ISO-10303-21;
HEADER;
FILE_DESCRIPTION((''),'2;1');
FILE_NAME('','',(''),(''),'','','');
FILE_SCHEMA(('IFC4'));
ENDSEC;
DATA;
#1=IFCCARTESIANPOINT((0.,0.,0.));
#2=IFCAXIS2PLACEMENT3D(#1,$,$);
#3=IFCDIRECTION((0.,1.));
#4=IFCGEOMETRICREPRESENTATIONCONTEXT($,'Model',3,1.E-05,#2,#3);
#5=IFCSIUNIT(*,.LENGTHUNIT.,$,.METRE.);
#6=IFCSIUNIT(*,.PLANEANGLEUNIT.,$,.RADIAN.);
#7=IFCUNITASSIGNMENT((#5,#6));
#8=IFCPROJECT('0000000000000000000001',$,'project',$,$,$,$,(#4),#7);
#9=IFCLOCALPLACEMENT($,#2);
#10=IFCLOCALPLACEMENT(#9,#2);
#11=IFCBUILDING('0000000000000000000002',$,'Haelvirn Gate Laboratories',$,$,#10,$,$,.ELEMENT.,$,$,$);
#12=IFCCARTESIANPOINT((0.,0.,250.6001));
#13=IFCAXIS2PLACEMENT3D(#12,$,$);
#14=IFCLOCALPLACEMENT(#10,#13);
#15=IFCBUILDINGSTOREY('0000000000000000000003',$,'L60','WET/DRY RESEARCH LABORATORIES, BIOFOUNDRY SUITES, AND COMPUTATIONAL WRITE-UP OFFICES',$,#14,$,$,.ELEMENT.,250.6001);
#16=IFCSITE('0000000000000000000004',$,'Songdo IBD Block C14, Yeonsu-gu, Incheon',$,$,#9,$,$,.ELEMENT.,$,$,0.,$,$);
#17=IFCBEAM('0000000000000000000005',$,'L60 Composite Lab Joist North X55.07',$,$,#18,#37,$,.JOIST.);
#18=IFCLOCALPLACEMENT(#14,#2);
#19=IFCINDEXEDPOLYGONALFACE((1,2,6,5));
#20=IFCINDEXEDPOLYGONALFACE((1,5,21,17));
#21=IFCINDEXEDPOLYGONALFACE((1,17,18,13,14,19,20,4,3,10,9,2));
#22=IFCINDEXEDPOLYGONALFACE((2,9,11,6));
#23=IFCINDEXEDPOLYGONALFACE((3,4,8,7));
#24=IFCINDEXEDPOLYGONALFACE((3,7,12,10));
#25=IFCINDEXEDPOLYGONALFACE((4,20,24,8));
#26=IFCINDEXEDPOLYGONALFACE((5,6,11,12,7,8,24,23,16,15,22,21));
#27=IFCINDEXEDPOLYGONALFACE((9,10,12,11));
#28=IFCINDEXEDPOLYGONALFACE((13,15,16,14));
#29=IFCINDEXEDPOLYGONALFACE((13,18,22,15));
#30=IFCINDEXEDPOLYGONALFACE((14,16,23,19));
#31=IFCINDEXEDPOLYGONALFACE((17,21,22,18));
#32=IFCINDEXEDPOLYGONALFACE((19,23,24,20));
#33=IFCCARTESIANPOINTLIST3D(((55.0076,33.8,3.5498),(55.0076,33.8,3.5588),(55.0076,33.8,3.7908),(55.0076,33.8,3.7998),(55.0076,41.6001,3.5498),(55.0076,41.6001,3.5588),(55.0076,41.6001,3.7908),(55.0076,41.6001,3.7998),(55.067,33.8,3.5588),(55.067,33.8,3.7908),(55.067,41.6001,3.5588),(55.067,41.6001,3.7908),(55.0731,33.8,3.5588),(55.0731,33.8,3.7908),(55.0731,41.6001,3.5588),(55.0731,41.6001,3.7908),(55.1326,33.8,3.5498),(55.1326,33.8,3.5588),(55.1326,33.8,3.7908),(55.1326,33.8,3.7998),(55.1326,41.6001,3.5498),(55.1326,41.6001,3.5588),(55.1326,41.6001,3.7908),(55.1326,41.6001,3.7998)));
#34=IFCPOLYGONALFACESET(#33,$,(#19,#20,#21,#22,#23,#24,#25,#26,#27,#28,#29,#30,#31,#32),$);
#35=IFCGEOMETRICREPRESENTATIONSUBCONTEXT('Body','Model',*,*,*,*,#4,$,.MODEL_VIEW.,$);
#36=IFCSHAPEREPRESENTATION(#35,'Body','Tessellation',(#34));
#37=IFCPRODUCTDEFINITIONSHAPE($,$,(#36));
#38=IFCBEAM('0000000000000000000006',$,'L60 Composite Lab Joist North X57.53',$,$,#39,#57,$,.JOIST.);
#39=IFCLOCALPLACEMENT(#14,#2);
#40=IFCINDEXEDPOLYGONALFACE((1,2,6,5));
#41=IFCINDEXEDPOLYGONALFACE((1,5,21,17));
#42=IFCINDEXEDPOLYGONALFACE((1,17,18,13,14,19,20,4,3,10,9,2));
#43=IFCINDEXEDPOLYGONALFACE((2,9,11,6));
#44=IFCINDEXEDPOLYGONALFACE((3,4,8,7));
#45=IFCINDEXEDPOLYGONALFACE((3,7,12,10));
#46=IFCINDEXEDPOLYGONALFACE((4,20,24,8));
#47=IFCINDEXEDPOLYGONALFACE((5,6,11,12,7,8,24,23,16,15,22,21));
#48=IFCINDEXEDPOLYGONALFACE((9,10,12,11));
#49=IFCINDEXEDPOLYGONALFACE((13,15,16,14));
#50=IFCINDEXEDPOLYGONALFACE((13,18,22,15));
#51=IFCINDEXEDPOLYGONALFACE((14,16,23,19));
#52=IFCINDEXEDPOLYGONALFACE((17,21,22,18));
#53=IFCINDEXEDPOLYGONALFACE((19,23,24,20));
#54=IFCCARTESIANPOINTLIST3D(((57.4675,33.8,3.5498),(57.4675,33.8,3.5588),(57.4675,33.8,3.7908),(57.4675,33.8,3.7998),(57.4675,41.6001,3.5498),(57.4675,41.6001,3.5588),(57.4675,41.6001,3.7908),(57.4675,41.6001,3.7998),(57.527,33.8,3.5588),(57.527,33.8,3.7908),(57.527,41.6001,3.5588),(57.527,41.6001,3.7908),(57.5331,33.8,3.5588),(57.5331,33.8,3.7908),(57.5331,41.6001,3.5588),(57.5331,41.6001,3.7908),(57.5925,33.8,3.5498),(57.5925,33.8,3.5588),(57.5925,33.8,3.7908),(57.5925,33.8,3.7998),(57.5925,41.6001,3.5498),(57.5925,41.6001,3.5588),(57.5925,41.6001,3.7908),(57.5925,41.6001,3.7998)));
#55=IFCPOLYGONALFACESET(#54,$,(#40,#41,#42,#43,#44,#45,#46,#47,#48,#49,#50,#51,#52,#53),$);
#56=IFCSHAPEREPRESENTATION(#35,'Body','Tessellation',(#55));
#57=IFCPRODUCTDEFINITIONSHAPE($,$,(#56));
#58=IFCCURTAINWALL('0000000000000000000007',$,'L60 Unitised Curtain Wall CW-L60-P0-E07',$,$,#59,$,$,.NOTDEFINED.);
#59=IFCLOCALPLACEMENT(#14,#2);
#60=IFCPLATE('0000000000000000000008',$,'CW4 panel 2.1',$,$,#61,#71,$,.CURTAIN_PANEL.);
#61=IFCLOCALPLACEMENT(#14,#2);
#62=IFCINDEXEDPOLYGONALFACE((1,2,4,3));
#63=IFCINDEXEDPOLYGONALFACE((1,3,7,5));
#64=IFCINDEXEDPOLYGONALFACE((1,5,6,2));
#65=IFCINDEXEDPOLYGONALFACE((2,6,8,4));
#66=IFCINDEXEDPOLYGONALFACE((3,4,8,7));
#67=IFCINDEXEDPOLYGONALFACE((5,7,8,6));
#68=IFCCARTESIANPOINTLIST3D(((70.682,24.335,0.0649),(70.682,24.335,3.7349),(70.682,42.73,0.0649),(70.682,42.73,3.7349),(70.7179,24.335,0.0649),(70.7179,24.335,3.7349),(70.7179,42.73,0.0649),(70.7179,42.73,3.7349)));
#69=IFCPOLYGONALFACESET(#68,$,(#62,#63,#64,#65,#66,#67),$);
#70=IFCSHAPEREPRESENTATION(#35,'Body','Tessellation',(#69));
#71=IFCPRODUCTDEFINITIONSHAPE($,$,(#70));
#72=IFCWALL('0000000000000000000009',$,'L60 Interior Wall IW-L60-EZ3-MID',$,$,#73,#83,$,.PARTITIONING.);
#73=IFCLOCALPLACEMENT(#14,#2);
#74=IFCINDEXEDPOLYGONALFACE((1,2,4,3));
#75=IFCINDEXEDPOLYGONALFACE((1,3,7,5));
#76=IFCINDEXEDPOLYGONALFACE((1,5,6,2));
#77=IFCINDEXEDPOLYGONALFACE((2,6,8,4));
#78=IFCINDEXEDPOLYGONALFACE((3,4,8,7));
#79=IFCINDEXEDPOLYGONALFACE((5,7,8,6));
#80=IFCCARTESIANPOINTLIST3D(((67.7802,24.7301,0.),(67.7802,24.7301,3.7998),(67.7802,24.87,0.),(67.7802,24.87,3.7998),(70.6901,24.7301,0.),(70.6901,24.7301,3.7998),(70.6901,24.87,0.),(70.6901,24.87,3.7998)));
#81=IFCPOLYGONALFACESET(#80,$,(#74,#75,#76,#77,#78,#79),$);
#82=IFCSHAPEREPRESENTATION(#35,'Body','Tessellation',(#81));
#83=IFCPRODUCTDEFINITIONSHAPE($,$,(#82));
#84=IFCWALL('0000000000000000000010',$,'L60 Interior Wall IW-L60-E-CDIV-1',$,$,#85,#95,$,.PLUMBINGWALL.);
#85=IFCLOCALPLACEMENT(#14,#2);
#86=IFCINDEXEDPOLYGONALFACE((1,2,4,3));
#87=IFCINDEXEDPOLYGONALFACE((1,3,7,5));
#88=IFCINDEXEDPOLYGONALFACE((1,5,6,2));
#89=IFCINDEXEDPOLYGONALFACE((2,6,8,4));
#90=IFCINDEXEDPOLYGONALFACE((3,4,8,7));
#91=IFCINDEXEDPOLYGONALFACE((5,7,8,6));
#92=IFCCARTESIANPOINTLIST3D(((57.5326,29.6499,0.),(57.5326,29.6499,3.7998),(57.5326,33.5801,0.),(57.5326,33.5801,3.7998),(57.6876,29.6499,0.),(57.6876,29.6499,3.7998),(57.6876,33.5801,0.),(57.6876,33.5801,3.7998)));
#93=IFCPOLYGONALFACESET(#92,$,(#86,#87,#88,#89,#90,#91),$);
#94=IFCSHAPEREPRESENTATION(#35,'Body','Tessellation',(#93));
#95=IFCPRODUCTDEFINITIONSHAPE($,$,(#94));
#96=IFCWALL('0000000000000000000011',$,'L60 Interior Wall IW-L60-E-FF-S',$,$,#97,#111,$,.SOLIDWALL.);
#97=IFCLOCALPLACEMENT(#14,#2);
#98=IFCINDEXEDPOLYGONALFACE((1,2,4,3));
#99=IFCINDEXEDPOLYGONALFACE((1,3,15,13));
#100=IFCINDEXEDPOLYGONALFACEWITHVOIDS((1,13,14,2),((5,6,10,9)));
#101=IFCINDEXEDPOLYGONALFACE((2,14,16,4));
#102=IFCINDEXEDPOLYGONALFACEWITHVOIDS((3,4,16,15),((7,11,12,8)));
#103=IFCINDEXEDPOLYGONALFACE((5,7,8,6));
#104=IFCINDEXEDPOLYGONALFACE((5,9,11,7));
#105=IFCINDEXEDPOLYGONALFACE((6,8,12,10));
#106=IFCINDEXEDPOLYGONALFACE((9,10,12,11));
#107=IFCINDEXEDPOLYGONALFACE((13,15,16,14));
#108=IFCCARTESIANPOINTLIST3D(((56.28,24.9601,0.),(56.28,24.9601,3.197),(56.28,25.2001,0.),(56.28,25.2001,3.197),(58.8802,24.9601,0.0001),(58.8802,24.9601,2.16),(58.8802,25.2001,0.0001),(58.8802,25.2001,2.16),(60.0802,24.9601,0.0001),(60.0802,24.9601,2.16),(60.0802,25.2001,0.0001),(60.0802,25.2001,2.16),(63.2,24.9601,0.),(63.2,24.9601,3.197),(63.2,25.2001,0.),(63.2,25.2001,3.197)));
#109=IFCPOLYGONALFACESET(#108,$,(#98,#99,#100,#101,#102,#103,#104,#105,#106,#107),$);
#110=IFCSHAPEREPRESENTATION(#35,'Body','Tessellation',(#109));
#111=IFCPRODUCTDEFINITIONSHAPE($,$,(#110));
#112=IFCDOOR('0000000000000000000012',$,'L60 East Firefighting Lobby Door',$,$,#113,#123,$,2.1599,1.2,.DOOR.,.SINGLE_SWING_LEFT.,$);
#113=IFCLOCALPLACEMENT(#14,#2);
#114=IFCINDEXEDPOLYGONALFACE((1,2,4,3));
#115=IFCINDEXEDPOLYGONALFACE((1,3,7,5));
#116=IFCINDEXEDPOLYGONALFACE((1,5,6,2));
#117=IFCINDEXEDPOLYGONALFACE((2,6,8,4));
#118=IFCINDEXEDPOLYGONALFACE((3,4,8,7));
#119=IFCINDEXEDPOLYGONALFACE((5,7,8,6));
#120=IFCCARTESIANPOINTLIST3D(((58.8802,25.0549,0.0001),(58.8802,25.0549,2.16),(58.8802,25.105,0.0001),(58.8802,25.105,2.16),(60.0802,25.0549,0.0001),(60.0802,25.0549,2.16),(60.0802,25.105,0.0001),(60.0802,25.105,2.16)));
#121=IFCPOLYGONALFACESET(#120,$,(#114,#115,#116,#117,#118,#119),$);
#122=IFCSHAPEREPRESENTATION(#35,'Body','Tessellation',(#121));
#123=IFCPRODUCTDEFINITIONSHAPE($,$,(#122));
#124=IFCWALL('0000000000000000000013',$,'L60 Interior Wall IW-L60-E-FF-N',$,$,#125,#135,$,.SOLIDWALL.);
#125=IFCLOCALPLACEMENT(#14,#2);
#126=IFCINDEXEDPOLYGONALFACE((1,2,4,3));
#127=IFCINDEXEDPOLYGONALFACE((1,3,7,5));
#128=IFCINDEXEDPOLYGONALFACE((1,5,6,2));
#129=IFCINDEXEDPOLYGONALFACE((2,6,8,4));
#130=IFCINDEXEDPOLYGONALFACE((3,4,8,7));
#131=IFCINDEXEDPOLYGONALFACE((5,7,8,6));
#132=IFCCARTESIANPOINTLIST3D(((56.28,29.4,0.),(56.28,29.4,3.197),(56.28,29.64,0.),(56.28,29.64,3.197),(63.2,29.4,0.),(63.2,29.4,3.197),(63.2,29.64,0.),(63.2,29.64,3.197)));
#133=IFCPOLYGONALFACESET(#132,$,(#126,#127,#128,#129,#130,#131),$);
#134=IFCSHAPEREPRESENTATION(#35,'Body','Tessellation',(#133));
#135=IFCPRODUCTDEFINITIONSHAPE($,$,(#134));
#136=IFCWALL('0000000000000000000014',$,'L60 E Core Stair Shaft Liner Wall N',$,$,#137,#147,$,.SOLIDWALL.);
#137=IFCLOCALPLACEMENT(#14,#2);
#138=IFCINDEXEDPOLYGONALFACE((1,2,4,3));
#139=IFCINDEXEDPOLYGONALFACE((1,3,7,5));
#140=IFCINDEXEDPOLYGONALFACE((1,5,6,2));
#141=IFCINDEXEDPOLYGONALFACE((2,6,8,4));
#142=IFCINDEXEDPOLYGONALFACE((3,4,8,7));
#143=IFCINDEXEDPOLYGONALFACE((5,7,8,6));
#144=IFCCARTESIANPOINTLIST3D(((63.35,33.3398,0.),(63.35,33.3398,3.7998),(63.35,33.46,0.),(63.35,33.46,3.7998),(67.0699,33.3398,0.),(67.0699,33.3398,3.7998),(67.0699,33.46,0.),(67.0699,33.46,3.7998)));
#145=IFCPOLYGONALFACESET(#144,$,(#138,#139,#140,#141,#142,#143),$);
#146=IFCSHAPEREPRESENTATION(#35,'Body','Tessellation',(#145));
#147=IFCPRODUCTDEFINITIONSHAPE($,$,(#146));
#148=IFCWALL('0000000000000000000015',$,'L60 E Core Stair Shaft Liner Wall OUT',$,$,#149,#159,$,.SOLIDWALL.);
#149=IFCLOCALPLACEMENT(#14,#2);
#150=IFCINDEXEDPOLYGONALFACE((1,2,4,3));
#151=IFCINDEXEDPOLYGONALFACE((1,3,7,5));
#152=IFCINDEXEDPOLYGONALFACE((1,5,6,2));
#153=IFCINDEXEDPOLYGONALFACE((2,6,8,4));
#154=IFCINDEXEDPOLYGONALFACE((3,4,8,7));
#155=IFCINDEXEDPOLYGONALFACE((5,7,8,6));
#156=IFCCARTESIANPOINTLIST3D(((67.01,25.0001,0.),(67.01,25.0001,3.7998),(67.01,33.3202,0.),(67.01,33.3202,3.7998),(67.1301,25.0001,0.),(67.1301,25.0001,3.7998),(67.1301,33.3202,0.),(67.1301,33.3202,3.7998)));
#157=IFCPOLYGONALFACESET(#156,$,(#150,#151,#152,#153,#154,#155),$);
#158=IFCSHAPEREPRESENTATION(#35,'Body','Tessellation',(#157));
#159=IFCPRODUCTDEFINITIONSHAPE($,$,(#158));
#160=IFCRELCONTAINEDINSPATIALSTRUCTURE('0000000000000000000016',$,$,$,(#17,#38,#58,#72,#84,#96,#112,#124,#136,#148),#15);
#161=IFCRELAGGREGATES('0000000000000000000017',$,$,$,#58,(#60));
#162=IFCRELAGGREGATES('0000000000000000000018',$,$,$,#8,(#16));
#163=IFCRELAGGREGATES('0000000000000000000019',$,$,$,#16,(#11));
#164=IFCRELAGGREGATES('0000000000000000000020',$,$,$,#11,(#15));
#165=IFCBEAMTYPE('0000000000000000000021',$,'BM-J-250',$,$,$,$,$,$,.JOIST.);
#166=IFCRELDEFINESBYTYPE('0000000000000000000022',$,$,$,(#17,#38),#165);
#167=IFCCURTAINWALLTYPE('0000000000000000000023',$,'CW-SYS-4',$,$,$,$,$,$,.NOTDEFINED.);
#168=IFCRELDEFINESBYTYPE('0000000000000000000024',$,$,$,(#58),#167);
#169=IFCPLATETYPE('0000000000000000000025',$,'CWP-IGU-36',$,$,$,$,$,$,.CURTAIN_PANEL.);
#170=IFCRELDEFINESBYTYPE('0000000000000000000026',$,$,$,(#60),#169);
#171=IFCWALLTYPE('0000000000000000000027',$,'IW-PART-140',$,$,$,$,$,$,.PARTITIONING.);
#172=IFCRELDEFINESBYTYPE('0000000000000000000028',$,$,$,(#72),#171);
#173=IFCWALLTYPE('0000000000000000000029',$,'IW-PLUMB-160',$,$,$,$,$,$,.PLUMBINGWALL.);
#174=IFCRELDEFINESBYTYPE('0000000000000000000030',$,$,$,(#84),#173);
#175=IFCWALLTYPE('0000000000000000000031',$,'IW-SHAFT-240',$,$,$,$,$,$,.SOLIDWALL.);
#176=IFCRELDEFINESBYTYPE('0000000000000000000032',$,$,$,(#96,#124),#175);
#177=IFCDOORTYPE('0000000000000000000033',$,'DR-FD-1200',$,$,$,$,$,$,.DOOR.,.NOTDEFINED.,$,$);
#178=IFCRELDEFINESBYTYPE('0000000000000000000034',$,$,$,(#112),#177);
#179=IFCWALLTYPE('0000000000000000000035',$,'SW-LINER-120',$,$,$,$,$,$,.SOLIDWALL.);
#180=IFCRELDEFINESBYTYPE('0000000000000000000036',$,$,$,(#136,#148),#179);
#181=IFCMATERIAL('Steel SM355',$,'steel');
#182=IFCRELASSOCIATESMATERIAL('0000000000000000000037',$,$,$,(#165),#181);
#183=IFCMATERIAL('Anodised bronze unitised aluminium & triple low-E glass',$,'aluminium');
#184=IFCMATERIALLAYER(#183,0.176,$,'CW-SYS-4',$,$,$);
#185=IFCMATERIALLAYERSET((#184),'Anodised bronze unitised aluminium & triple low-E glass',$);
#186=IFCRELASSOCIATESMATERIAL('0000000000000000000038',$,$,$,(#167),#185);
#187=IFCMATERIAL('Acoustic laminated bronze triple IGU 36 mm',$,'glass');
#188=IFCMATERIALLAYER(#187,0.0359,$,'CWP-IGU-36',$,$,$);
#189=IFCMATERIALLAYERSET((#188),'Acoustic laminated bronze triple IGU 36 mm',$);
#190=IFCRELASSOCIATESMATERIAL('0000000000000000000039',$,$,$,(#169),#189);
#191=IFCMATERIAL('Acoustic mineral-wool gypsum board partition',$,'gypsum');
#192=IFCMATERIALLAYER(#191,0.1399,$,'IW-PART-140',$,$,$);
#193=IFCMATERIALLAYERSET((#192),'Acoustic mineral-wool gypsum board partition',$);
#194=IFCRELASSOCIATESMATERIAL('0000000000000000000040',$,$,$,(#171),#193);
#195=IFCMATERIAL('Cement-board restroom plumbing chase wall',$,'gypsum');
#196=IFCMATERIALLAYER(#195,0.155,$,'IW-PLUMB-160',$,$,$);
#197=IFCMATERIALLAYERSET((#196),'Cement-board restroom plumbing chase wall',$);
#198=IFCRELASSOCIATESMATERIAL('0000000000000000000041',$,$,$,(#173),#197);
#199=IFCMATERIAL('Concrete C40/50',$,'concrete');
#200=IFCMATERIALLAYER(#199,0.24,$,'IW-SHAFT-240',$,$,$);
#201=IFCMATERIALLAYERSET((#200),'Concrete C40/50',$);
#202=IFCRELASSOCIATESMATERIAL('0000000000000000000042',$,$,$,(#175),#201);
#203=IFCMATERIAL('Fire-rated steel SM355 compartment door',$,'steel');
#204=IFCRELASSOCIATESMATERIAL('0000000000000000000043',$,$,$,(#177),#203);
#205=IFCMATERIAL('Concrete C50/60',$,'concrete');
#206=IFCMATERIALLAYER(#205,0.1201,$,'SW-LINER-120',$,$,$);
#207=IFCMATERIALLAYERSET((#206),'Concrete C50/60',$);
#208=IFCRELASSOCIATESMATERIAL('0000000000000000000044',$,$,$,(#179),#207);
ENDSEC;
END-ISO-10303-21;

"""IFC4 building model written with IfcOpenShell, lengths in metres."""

from ifc_helpers import new_model, si_unit, direction, frame, frame_2d, origin, origin_2d, place, context, subcontext, project, spatial, rectangle, i_section, extrude, source, transform, mapped, material, layer, layer_set, material_profile, profile_set, type_object, type_shapes, element, fill, aggregate, save


model = new_model("IFC4")

# Units and contexts
model_context = context("Model", 3, precision=1e-05, world=origin(), true_north=direction((0.0, 1.0)))
body_context = subcontext(model_context, "Body", "Model", "MODEL_VIEW")
ifc_project = project(units=[si_unit("LENGTHUNIT", "METRE"), si_unit("PLANEANGLEUNIT", "RADIAN")], contexts=[model_context])

# Site, building, storey
site_placement = place(None, origin())
site = spatial("IfcSite", under=ifc_project, at=site_placement, Name="Songdo IBD Block C14, Yeonsu-gu, Incheon", CompositionType="ELEMENT", RefElevation=0.0)
building_placement = place(site_placement, origin())
building = spatial("IfcBuilding", under=site, at=building_placement, Name="Haelvirn Gate Laboratories", CompositionType="ELEMENT")
storey_placement = place(building_placement, frame((0.0, 0.0, 250.6001)))
storey = spatial("IfcBuildingStorey", under=building, at=storey_placement, Name="L60", Description="WET/DRY RESEARCH LABORATORIES, BIOFOUNDRY SUITES, AND COMPUTATIONAL WRITE-UP OFFICES", CompositionType="ELEMENT", Elevation=250.6001)

# Beams
ifc_material_1 = material(Name="Steel SM355", Category="steel")
ifc_material_profile = material_profile(ifc_material_1, i_section(OverallWidth=0.125, OverallDepth=0.25, WebThickness=0.0061, FlangeThickness=0.009, at=origin_2d()), Name="H-250x125x6x9")
ifc_profile_set = profile_set([ifc_material_profile], Name="Steel SM355")
beam_type = type_object("IfcBeamType", Name="BM-J-250", PredefinedType="JOIST", material=ifc_profile_set)
shared_shape_1 = source(origin(), body_context, "Body", "SweptSolid", [
    extrude(i_section(OverallWidth=0.125, OverallDepth=0.25, WebThickness=0.0061, FlangeThickness=0.009, at=origin_2d()), origin(), (0.0, 0.0, 1.0), 7.8),
])
type_shapes(beam_type, [shared_shape_1])
for number, where, z_axis, x_axis, name in (
    (1, (55.0701, 33.8, 3.6748), (0.0, 1.0, 0.0), (-1.0, 0.0, 0.0), "L60 Composite Lab Joist North X55.07"),
    (2, (57.53, 33.8, 3.6748), (0.0, 1.0, 0.0), (-1.0, 0.0, 0.0), "L60 Composite Lab Joist North X57.53"),
):
    element("IfcBeam", number, at=place(storey_placement, frame(where, z_axis=z_axis, x_axis=x_axis)), inside=storey, type_object=beam_type, Name=name, PredefinedType="JOIST", context=body_context, shape_type="MappedRepresentation", body=[
        mapped(shared_shape_1, transform((0.0, 0.0, 0.0), scale=1.0)),
    ])

# Curtain wall, plate
ifc_material_2 = material(Name="Anodised bronze unitised aluminium & triple low-E glass", Category="aluminium")
ifc_layer_1 = layer(ifc_material_2, 0.176, Name="CW-SYS-4")
ifc_layer_set_1 = layer_set([ifc_layer_1], Name="Anodised bronze unitised aluminium & triple low-E glass")
curtain_wall_type = type_object("IfcCurtainWallType", Name="CW-SYS-4", PredefinedType="NOTDEFINED", material=ifc_layer_set_1)
curtain_wall_placement = place(storey_placement, origin())
curtain_wall = element("IfcCurtainWall", 3, at=curtain_wall_placement, inside=storey, type_object=curtain_wall_type, Name="L60 Unitised Curtain Wall CW-L60-P0-E07", PredefinedType="NOTDEFINED")
ifc_material_3 = material(Name="Acoustic laminated bronze triple IGU 36 mm", Category="glass")
ifc_layer_2 = layer(ifc_material_3, 0.0359, Name="CWP-IGU-36")
ifc_layer_set_2 = layer_set([ifc_layer_2], Name="Acoustic laminated bronze triple IGU 36 mm")
plate_type = type_object("IfcPlateType", Name="CWP-IGU-36", PredefinedType="CURTAIN_PANEL", material=ifc_layer_set_2)
shared_shape_2 = source(origin(), body_context, "Body", "SweptSolid", [
    extrude(rectangle(XDim=18.395, YDim=0.0359, at=origin_2d()), origin(), (0.0, 0.0, 1.0), 3.6699),
])
type_shapes(plate_type, [shared_shape_2])
plate_placement = place(storey_placement, frame((70.7, 33.5325, 0.0649), z_axis=(0.0, 0.0, 1.0), x_axis=(0.0, 1.0, 0.0)))
plate = element("IfcPlate", 4, at=plate_placement, type_object=plate_type, Name="CW4 panel 2.1", PredefinedType="CURTAIN_PANEL", context=body_context, shape_type="MappedRepresentation", body=[
    mapped(shared_shape_2, transform((0.0, 0.0, 0.0), scale=1.0)),
])
aggregate(curtain_wall, [plate])

# Walls
ifc_material_4 = material(Name="Acoustic mineral-wool gypsum board partition", Category="gypsum")
ifc_layer_3 = layer(ifc_material_4, 0.1399, Name="IW-PART-140")
ifc_layer_set_3 = layer_set([ifc_layer_3], Name="Acoustic mineral-wool gypsum board partition")
wall_type_1 = type_object("IfcWallType", Name="IW-PART-140", PredefinedType="PARTITIONING", material=ifc_layer_set_3)
wall_1_placement = place(storey_placement, frame((67.78, 24.8, 0.0), z_axis=(0.0, 0.0, 1.0), x_axis=(1.0, 0.0, 0.0)))
element("IfcWall", 5, at=wall_1_placement, inside=storey, type_object=wall_type_1, Name="L60 Interior Wall IW-L60-EZ3-MID", PredefinedType="PARTITIONING", context=body_context, shape_type="SweptSolid", body=[
    extrude(rectangle(XDim=2.9099, YDim=0.1399, at=frame_2d((1.4551, 0.0))), origin(), (0.0, 0.0, 1.0), 3.7998),
])
ifc_material_5 = material(Name="Cement-board restroom plumbing chase wall", Category="gypsum")
ifc_layer_4 = layer(ifc_material_5, 0.155, Name="IW-PLUMB-160")
ifc_layer_set_4 = layer_set([ifc_layer_4], Name="Cement-board restroom plumbing chase wall")
wall_type_2 = type_object("IfcWallType", Name="IW-PLUMB-160", PredefinedType="PLUMBINGWALL", material=ifc_layer_set_4)
wall_2_placement = place(storey_placement, frame((57.6101, 29.6499, 0.0), z_axis=(0.0, 0.0, 1.0), x_axis=(0.0, 1.0, 0.0)))
element("IfcWall", 6, at=wall_2_placement, inside=storey, type_object=wall_type_2, Name="L60 Interior Wall IW-L60-E-CDIV-1", PredefinedType="PLUMBINGWALL", context=body_context, shape_type="SweptSolid", body=[
    extrude(rectangle(XDim=3.9302, YDim=0.155, at=frame_2d((1.9651, 0.0))), origin(), (0.0, 0.0, 1.0), 3.7998),
])

# Wall, opening, door
ifc_material_6 = material(Name="Concrete C40/50", Category="concrete")
ifc_layer_5 = layer(ifc_material_6, 0.24, Name="IW-SHAFT-240")
ifc_layer_set_5 = layer_set([ifc_layer_5], Name="Concrete C40/50")
wall_type_3 = type_object("IfcWallType", Name="IW-SHAFT-240", PredefinedType="SOLIDWALL", material=ifc_layer_set_5)
wall_3_placement = place(storey_placement, frame((56.28, 25.0801, 0.0), z_axis=(0.0, 0.0, 1.0), x_axis=(1.0, 0.0, 0.0)))
wall_3 = element("IfcWall", 7, at=wall_3_placement, inside=storey, type_object=wall_type_3, Name="L60 Interior Wall IW-L60-E-FF-S", PredefinedType="SOLIDWALL", context=body_context, shape_type="SweptSolid", body=[
    extrude(rectangle(XDim=6.9199, YDim=0.24, at=frame_2d((3.46, 0.0))), origin(), (0.0, 0.0, 1.0), 3.197),
])
opening_1_placement = place(wall_3_placement, frame((2.6001, 0.0, 0.0)))
opening_1 = element("IfcOpeningElement", 8, at=opening_1_placement, cuts=wall_3, PredefinedType="OPENING", context=body_context, shape_type="SweptSolid", body=[
    extrude(rectangle(XDim=1.2, YDim=2.1599, at=frame_2d((0.6001, 1.0801))), frame((0.0, 0.1299, 0.0), z_axis=(0.0, -1.0, 0.0), x_axis=(1.0, 0.0, 0.0)), (0.0, 0.0, 1.0), 0.26),
])
ifc_material_7 = material(Name="Fire-rated steel SM355 compartment door", Category="steel")
door_type_1 = type_object("IfcDoorType", Name="DR-FD-1200", OperationType="NOTDEFINED", PredefinedType="DOOR", material=ifc_material_7)
shared_shape_3 = source(origin(), body_context, "Body", "SweptSolid", [
    extrude(rectangle(XDim=1.2, YDim=2.1599, at=frame_2d((0.6001, 1.0801))), frame((0.0, 0.0249, 0.0), z_axis=(0.0, -1.0, 0.0), x_axis=(1.0, 0.0, 0.0)), (0.0, 0.0, 1.0), 0.05),
])
type_shapes(door_type_1, [shared_shape_3])
door_1_placement = place(opening_1_placement, origin())
door_1 = element("IfcDoor", 9, at=door_1_placement, inside=storey, type_object=door_type_1, Name="L60 East Firefighting Lobby Door", OperationType="SINGLE_SWING_LEFT", OverallHeight=2.1599, OverallWidth=1.2, PredefinedType="DOOR", context=body_context, shape_type="MappedRepresentation", body=[
    mapped(shared_shape_3, transform((0.0, 0.0, 0.0), scale=1.0)),
])
fill(opening_1, door_1)

# Walls
wall_4_placement = place(storey_placement, frame((56.28, 29.52, 0.0), z_axis=(0.0, 0.0, 1.0), x_axis=(1.0, 0.0, 0.0)))
element("IfcWall", 10, at=wall_4_placement, inside=storey, type_object=wall_type_3, Name="L60 Interior Wall IW-L60-E-FF-N", PredefinedType="SOLIDWALL", context=body_context, shape_type="SweptSolid", body=[
    extrude(rectangle(XDim=6.9199, YDim=0.24, at=frame_2d((3.46, 0.0))), origin(), (0.0, 0.0, 1.0), 3.197),
])
ifc_material_8 = material(Name="Concrete C50/60", Category="concrete")
ifc_layer_6 = layer(ifc_material_8, 0.1201, Name="SW-LINER-120")
ifc_layer_set_6 = layer_set([ifc_layer_6], Name="Concrete C50/60")
wall_type_4 = type_object("IfcWallType", Name="SW-LINER-120", PredefinedType="SOLIDWALL", material=ifc_layer_set_6)
wall_5_placement = place(storey_placement, frame((63.3501, 33.3999, 0.0), z_axis=(0.0, 0.0, 1.0), x_axis=(1.0, 0.0, 0.0)))
element("IfcWall", 11, at=wall_5_placement, inside=storey, type_object=wall_type_4, Name="L60 E Core Stair Shaft Liner Wall N", PredefinedType="SOLIDWALL", context=body_context, shape_type="SweptSolid", body=[
    extrude(rectangle(XDim=3.72, YDim=0.1201, at=frame_2d((1.8599, 0.0))), origin(), (0.0, 0.0, 1.0), 3.7998),
])
wall_6_placement = place(storey_placement, frame((67.0701, 25.0, 0.0), z_axis=(0.0, 0.0, 1.0), x_axis=(0.0, 1.0, 0.0)))
element("IfcWall", 12, at=wall_6_placement, inside=storey, type_object=wall_type_4, Name="L60 E Core Stair Shaft Liner Wall OUT", PredefinedType="SOLIDWALL", context=body_context, shape_type="SweptSolid", body=[
    extrude(rectangle(XDim=8.3201, YDim=0.1201, at=frame_2d((4.1602, 0.0))), origin(), (0.0, 0.0, 1.0), 3.7998),
])

save(model, "model.ifc")
